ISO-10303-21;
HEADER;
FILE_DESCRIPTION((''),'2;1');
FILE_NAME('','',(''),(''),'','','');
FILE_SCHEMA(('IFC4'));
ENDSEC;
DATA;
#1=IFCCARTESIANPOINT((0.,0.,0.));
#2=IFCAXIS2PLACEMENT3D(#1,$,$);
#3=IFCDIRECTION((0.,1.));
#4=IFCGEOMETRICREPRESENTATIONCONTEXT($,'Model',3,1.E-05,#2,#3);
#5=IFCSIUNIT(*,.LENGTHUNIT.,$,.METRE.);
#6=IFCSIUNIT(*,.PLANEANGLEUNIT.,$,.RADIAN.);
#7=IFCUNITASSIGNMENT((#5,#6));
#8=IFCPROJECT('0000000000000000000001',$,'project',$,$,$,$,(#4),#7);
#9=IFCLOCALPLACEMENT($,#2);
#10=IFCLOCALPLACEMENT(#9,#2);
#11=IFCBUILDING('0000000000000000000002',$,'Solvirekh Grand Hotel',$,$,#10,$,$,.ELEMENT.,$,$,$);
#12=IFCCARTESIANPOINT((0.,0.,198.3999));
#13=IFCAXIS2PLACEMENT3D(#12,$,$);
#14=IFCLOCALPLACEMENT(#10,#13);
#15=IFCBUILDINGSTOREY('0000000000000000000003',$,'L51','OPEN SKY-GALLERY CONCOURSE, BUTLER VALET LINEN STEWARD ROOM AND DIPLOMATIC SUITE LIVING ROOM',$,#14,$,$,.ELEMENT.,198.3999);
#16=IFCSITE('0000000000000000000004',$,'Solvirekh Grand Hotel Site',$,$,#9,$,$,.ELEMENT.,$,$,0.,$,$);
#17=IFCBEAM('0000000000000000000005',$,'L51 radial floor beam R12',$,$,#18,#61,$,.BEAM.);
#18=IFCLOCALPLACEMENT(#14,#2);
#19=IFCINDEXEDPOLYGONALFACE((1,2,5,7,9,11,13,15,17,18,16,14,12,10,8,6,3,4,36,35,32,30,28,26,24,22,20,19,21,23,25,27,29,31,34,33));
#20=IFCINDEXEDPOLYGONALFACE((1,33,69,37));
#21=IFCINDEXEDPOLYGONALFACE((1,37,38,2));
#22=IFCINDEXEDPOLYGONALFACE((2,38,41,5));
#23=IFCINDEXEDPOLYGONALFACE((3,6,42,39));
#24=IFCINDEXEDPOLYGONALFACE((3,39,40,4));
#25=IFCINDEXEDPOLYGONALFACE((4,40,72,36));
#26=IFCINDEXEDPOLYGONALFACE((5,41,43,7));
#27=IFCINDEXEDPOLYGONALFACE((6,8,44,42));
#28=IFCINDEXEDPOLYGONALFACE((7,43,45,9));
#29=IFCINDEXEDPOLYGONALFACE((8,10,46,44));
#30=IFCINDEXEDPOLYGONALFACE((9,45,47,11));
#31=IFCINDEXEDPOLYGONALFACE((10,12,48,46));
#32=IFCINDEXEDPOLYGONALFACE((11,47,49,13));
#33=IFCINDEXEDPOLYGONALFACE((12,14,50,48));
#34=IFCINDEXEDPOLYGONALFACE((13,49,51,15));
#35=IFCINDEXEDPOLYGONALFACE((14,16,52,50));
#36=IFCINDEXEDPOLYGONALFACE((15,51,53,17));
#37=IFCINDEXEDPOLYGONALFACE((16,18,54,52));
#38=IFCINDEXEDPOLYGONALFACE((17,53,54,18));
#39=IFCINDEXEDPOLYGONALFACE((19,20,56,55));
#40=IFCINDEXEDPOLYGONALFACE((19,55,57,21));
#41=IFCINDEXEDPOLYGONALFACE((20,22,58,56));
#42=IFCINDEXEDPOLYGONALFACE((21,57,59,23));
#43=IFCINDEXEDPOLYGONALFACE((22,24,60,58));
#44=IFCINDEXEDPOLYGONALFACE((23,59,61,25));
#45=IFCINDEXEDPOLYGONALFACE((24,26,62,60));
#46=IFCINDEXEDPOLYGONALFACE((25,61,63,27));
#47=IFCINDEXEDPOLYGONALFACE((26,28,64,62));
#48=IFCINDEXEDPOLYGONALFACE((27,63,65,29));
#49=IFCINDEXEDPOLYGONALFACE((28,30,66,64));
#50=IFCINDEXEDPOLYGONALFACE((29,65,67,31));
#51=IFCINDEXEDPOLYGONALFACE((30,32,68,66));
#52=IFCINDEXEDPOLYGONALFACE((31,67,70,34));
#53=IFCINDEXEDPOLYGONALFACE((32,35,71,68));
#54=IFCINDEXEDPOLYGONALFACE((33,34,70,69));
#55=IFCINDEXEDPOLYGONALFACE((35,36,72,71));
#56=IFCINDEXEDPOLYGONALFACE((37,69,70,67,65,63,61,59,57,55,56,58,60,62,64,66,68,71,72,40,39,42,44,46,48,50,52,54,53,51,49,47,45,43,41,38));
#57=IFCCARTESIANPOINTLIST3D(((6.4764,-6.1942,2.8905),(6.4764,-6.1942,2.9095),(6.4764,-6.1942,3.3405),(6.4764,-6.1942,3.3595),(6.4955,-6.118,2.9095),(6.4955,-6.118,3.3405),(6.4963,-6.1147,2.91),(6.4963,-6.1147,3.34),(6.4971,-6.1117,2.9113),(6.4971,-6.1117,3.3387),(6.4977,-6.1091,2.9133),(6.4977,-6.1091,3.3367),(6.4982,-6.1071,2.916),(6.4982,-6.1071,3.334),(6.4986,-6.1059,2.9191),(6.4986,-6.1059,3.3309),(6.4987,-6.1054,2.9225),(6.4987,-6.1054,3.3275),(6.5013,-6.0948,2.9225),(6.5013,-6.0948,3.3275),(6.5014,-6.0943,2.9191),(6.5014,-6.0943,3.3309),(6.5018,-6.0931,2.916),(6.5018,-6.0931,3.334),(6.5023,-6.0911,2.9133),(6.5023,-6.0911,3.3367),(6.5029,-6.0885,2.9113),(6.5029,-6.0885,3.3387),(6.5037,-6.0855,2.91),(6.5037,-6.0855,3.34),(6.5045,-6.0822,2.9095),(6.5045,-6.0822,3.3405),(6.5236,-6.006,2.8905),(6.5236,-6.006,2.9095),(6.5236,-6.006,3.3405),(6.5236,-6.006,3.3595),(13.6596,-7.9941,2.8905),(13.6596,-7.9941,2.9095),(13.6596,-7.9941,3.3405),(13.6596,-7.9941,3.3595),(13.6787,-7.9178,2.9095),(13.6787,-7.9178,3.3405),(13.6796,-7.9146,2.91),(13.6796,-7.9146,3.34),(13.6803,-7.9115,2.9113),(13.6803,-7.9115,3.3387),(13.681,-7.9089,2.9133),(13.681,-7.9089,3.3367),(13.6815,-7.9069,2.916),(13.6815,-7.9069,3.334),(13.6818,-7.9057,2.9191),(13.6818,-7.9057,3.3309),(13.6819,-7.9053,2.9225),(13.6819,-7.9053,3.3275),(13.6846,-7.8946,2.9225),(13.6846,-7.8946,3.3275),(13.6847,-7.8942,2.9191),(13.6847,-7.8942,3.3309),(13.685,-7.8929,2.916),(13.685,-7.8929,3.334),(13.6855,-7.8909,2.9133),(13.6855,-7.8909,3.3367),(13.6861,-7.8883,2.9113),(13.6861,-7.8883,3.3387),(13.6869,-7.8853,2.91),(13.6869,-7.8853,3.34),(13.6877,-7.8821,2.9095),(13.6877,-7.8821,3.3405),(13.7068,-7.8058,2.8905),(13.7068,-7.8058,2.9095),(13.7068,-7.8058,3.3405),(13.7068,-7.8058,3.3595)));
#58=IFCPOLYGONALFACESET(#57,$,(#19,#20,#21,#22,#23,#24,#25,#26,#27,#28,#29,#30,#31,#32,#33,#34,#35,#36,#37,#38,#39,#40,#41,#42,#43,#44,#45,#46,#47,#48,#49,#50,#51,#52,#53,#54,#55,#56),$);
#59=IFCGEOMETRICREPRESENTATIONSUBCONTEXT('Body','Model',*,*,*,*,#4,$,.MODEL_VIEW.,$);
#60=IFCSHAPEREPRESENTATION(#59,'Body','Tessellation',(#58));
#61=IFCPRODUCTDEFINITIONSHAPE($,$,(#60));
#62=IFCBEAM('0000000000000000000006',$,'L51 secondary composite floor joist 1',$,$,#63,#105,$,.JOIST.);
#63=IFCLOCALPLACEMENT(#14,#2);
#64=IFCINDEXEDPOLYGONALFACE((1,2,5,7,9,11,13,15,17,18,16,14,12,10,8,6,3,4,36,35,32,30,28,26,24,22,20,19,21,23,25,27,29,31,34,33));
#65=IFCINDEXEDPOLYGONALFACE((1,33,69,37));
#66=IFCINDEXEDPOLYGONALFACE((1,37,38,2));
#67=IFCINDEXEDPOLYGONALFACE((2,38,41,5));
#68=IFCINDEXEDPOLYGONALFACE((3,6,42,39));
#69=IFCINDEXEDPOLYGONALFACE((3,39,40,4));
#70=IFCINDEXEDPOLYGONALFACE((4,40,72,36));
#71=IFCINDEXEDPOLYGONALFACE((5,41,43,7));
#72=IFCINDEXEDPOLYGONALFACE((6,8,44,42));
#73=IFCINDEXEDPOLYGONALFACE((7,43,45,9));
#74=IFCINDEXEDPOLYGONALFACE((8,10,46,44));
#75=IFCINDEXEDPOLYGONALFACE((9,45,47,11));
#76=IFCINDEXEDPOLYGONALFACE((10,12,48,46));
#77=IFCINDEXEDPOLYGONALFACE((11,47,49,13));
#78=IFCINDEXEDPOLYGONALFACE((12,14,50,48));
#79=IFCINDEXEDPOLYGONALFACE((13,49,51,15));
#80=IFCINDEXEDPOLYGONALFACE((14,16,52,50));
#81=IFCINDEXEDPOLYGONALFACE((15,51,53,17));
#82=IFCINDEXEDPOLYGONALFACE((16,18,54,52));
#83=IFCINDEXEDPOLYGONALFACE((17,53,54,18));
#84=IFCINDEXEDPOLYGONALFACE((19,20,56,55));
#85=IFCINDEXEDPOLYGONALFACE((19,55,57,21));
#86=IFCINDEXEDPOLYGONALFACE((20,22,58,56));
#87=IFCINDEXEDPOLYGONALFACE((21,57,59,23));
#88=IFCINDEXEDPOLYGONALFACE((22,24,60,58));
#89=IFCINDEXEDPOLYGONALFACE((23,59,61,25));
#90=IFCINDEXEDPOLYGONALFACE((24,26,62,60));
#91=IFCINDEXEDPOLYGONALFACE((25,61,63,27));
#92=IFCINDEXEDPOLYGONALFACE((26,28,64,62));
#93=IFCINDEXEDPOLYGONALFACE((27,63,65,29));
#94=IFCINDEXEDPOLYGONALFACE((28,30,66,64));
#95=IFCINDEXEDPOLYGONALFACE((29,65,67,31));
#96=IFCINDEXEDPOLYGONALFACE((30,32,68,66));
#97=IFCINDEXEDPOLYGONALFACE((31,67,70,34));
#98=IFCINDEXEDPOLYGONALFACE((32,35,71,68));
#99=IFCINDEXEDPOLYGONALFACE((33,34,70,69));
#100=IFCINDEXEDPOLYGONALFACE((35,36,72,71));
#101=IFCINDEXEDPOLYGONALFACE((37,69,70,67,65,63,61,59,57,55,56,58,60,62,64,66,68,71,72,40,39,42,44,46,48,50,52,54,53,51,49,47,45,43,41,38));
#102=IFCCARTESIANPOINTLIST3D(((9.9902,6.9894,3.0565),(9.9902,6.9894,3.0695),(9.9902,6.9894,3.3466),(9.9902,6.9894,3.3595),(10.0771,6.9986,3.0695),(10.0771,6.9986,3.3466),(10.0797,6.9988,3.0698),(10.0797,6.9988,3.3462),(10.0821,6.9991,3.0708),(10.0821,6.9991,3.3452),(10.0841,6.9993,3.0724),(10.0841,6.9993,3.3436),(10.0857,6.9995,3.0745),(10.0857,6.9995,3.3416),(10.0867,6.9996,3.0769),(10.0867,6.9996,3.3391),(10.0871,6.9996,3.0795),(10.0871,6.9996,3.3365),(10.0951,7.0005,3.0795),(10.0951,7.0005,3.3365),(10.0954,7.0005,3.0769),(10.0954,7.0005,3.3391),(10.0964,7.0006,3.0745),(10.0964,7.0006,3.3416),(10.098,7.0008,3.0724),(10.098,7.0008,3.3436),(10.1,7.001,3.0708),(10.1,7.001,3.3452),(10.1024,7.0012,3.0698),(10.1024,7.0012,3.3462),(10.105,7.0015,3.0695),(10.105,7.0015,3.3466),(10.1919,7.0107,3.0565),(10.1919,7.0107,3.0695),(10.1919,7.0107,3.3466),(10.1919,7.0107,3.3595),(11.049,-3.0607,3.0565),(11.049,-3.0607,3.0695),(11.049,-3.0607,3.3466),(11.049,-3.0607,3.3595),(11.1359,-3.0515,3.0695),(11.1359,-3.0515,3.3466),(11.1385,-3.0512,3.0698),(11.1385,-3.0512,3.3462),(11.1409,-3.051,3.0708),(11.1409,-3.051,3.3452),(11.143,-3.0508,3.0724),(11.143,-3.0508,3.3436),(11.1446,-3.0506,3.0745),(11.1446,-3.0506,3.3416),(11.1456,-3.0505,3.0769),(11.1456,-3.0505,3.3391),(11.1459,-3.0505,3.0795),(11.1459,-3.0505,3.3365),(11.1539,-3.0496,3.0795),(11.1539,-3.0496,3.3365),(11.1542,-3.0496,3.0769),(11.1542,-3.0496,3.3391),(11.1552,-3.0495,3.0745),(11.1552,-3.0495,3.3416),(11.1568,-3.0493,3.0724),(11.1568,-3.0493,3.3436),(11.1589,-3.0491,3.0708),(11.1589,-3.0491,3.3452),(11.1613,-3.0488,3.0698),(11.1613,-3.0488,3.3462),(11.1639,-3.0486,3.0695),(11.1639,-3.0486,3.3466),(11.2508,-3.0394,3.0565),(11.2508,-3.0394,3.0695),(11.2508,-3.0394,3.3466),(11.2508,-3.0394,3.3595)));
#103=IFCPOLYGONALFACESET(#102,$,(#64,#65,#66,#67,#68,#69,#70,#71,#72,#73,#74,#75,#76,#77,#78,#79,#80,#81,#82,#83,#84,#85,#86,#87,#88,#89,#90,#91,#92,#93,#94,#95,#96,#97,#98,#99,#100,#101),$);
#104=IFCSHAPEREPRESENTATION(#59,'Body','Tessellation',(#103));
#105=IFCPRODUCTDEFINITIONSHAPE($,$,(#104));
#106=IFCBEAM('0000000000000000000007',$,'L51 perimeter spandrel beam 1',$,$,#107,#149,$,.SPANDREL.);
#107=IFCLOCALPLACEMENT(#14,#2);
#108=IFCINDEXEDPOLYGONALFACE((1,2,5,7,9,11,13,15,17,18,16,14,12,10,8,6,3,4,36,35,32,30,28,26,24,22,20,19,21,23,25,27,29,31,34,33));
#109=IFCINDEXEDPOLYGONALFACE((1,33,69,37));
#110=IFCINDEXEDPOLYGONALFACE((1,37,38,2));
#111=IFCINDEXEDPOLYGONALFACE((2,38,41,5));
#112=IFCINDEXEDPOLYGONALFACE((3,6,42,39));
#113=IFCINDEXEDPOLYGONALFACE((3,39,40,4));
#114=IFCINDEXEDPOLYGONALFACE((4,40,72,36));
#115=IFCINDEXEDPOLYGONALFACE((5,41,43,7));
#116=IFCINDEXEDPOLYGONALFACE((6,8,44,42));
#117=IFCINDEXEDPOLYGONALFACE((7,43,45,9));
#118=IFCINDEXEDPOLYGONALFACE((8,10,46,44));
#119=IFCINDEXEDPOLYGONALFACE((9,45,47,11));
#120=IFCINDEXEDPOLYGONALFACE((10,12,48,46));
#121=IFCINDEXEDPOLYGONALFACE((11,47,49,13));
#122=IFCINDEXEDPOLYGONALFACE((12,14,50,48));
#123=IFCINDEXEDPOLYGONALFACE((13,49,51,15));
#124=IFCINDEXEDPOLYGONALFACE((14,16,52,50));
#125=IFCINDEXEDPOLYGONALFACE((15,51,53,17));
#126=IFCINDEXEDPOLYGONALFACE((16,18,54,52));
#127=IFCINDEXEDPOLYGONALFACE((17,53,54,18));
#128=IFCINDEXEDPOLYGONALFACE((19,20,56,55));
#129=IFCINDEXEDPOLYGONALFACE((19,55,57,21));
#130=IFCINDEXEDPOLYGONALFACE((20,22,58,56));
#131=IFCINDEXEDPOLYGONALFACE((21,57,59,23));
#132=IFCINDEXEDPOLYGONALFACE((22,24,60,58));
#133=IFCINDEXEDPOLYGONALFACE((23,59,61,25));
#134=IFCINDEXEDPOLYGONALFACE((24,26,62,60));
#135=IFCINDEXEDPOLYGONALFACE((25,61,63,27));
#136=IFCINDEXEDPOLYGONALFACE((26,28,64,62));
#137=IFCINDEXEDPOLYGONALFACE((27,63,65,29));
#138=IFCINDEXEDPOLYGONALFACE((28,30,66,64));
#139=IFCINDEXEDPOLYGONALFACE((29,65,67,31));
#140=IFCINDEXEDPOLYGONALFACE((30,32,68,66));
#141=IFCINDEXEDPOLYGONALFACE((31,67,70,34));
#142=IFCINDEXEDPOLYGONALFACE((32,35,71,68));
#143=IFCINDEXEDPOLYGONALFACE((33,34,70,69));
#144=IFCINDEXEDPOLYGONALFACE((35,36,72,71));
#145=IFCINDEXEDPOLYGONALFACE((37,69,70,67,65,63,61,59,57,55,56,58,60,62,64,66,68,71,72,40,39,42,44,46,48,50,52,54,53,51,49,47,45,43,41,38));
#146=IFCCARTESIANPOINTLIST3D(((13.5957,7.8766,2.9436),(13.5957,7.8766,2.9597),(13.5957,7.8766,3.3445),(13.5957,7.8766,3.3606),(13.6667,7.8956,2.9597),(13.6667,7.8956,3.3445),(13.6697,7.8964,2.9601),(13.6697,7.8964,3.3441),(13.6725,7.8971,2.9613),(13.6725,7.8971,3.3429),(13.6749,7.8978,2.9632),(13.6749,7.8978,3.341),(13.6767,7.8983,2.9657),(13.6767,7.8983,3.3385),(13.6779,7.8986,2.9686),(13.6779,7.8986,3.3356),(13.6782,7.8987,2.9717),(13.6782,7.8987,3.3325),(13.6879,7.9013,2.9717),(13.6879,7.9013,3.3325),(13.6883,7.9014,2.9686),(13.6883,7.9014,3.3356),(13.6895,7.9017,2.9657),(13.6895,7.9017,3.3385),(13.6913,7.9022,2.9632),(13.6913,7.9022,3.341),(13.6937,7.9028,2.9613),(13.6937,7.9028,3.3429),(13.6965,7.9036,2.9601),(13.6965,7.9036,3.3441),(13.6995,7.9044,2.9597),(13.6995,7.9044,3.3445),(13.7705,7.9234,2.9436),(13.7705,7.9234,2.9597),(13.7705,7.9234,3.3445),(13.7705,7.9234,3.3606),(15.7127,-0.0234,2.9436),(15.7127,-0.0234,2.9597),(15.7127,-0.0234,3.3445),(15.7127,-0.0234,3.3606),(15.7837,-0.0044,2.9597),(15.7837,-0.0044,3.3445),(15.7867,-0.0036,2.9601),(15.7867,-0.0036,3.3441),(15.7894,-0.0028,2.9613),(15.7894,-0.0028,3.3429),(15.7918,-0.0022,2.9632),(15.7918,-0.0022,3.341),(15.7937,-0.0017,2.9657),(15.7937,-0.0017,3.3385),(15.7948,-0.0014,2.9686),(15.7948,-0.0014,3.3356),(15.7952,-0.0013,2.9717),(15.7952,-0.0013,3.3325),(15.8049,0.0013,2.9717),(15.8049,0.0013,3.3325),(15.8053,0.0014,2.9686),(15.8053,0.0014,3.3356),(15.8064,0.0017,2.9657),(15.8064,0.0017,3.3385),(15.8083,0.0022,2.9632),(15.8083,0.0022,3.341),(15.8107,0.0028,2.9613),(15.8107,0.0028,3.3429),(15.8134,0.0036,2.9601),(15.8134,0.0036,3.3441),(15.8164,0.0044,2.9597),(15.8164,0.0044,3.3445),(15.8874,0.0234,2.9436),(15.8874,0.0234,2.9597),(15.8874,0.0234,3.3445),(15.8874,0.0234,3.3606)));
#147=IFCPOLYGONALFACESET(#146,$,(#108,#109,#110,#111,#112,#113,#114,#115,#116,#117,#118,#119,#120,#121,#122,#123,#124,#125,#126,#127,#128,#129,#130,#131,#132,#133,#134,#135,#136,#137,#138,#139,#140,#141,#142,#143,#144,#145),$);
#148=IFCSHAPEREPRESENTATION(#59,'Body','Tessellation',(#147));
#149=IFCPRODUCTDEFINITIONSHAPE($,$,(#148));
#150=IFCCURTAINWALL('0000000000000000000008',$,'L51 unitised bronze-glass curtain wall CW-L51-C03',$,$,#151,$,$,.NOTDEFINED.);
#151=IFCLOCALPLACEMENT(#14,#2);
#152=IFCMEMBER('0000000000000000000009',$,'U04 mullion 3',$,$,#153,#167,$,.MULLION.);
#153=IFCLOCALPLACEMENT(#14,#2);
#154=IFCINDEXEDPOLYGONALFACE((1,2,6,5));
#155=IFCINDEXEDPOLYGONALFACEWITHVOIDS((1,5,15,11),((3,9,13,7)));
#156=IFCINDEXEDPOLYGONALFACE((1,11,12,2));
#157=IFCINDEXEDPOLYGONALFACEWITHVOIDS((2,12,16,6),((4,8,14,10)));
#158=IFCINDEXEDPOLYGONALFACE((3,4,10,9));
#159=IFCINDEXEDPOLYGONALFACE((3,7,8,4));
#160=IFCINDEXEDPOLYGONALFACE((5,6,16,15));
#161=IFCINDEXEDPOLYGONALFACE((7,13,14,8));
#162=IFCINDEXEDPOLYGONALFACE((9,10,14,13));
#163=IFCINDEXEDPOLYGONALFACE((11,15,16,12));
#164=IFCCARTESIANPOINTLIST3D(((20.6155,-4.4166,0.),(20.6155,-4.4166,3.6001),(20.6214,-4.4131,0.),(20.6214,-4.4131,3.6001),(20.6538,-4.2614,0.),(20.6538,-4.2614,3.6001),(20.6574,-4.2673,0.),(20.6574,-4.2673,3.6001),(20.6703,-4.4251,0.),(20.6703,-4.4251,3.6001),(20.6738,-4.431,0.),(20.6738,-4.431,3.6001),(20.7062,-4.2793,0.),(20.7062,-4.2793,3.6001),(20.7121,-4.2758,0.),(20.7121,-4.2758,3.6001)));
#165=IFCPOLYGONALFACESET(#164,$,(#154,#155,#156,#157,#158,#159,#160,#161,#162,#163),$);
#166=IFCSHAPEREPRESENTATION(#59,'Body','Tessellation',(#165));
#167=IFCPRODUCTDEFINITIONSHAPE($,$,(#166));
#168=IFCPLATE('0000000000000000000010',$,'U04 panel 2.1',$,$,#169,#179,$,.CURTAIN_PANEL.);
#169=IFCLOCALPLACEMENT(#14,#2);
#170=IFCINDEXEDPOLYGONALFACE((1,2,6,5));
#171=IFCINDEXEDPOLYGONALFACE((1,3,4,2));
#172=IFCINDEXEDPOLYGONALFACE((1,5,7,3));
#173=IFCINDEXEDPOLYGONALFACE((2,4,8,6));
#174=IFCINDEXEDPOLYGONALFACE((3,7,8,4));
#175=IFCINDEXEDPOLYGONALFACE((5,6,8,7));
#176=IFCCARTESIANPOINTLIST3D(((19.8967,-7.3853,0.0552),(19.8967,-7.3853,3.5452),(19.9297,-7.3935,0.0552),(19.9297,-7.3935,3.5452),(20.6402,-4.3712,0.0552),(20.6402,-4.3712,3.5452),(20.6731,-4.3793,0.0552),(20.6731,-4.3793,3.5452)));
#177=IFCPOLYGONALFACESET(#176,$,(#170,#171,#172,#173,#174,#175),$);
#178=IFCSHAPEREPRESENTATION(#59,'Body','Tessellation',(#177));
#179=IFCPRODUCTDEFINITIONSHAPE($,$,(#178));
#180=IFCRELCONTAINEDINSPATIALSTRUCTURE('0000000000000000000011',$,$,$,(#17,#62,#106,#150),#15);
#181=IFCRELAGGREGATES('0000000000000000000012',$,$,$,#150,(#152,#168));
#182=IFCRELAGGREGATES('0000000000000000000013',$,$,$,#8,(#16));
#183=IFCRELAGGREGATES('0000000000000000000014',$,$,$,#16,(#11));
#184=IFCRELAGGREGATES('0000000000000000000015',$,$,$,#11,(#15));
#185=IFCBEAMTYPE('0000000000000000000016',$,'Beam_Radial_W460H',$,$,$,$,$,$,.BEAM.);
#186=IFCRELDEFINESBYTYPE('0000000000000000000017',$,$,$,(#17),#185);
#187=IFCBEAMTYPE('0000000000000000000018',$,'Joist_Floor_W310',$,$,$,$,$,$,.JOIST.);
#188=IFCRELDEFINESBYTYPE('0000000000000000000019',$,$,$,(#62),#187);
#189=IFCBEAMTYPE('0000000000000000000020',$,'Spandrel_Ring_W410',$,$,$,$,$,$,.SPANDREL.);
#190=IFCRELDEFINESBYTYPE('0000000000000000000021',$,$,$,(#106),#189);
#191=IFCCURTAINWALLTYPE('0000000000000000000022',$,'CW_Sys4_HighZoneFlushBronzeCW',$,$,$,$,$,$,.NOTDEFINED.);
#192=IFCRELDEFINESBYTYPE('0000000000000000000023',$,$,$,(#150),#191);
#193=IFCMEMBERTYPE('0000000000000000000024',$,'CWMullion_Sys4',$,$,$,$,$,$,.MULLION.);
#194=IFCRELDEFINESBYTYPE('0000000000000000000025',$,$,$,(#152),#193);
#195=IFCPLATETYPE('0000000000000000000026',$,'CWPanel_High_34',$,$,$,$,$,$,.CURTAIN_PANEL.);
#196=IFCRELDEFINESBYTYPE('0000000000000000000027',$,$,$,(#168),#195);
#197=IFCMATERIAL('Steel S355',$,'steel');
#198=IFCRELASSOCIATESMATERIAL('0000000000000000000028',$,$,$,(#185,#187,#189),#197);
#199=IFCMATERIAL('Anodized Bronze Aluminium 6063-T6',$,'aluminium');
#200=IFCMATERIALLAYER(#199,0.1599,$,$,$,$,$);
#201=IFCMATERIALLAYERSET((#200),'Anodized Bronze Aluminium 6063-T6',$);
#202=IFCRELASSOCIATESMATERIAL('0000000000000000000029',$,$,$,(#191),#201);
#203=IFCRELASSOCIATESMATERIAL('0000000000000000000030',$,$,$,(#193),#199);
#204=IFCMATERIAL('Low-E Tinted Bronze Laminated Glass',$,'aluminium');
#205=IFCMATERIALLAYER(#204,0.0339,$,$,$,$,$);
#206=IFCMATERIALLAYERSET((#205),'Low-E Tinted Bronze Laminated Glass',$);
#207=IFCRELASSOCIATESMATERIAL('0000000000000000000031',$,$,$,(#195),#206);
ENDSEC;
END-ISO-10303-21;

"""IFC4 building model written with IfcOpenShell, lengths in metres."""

from ifc_helpers import new_model, si_unit, direction, frame, origin, origin_2d, place, context, subcontext, project, spatial, rectangle, hollow_rectangle, i_section, extrude, source, transform, mapped, material, layer, layer_set, material_profile, profile_set, type_object, element, aggregate, save


model = new_model("IFC4")

# Units and contexts
model_context = context("Model", 3, precision=1e-05, world=origin(), true_north=direction((0.0, 1.0)))
body_context = subcontext(model_context, "Body", "Model", "MODEL_VIEW")
ifc_project = project(units=[si_unit("LENGTHUNIT", "METRE"), si_unit("PLANEANGLEUNIT", "RADIAN")], contexts=[model_context])

# Site, building, storey
site_placement = place(None, origin())
site = spatial("IfcSite", under=ifc_project, at=site_placement, Name="Solvirekh Grand Hotel Site", CompositionType="ELEMENT", RefElevation=0.0)
building_placement = place(site_placement, origin())
building = spatial("IfcBuilding", under=site, at=building_placement, Name="Solvirekh Grand Hotel", CompositionType="ELEMENT")
storey_placement = place(building_placement, frame((0.0, 0.0, 198.3999)))
storey = spatial("IfcBuildingStorey", under=building, at=storey_placement, Name="L51", Description="OPEN SKY-GALLERY CONCOURSE, BUTLER VALET LINEN STEWARD ROOM AND DIPLOMATIC SUITE LIVING ROOM", CompositionType="ELEMENT", Elevation=198.3999)

# Beams
ifc_material_1 = material(Name="Steel S355", Category="steel")
ifc_material_profile_1 = material_profile(ifc_material_1, i_section(OverallWidth=0.1941, OverallDepth=0.469, WebThickness=0.011, FlangeThickness=0.019, FilletRadius=0.0129, at=origin_2d()), Name="W460X106")
ifc_profile_set_1 = profile_set([ifc_material_profile_1], Name="Steel S355")
beam_type_1 = type_object("IfcBeamType", Name="Beam_Radial_W460H", PredefinedType="BEAM", material=ifc_profile_set_1)
beam_1_placement = place(storey_placement, frame((6.5, -6.1001, 3.125), z_axis=(0.970014, -0.243048, 0.0), x_axis=(0.243048, 0.970014, 0.0)))
element("IfcBeam", 1, at=beam_1_placement, inside=storey, type_object=beam_type_1, Name="L51 radial floor beam R12", PredefinedType="BEAM", context=body_context, shape_type="SweptSolid", body=[
    extrude(i_section(OverallWidth=0.1941, OverallDepth=0.469, WebThickness=0.011, FlangeThickness=0.019, FilletRadius=0.0129, at=origin_2d()), origin(), (0.0, 0.0, 1.0), 7.4053),
])
ifc_material_profile_2 = material_profile(ifc_material_1, i_section(OverallWidth=0.2029, OverallDepth=0.303, WebThickness=0.0081, FlangeThickness=0.0129, FilletRadius=0.01, at=origin_2d()), Name="W310X60")
ifc_profile_set_2 = profile_set([ifc_material_profile_2], Name="Steel S355")
beam_type_2 = type_object("IfcBeamType", Name="Joist_Floor_W310", PredefinedType="JOIST", material=ifc_profile_set_2)
beam_2_placement = place(storey_placement, frame((11.1499, -3.05, 3.208), z_axis=(-0.104777, 0.994496, 0.0), x_axis=(-0.994496, -0.104777, 0.0)))
element("IfcBeam", 2, at=beam_2_placement, inside=storey, type_object=beam_type_2, Name="L51 secondary composite floor joist 1", PredefinedType="JOIST", context=body_context, shape_type="SweptSolid", body=[
    extrude(i_section(OverallWidth=0.2029, OverallDepth=0.303, WebThickness=0.0081, FlangeThickness=0.0129, FilletRadius=0.01, at=origin_2d()), origin(), (0.0, 0.0, 1.0), 10.1057),
])
ifc_material_profile_3 = material_profile(ifc_material_1, i_section(OverallWidth=0.1809, OverallDepth=0.417, WebThickness=0.01, FlangeThickness=0.0161, FilletRadius=0.012, at=origin_2d()), Name="W410X85")
ifc_profile_set_3 = profile_set([ifc_material_profile_3], Name="Steel S355")
beam_type_3 = type_object("IfcBeamType", Name="Spandrel_Ring_W410", PredefinedType="SPANDREL", material=ifc_profile_set_3)
beam_3_placement = place(storey_placement, frame((15.8, 0.0, 3.1521), z_axis=(-0.258839, 0.965921, 0.0), x_axis=(-0.965921, -0.258839, 0.0)))
element("IfcBeam", 3, at=beam_3_placement, inside=storey, type_object=beam_type_3, Name="L51 perimeter spandrel beam 1", PredefinedType="SPANDREL", context=body_context, shape_type="SweptSolid", body=[
    extrude(i_section(OverallWidth=0.1809, OverallDepth=0.417, WebThickness=0.01, FlangeThickness=0.0161, FilletRadius=0.012, at=origin_2d()), origin(), (0.0, 0.0, 1.0), 8.1787),
])

# Curtain wall, member, plate
ifc_material_2 = material(Name="Anodized Bronze Aluminium 6063-T6", Category="aluminium")
ifc_layer_1 = layer(ifc_material_2, 0.1599)
ifc_layer_set_1 = layer_set([ifc_layer_1], Name="Anodized Bronze Aluminium 6063-T6")
curtain_wall_type = type_object("IfcCurtainWallType", Name="CW_Sys4_HighZoneFlushBronzeCW", PredefinedType="NOTDEFINED", material=ifc_layer_set_1)
curtain_wall_placement = place(storey_placement, origin())
curtain_wall = element("IfcCurtainWall", 4, at=curtain_wall_placement, inside=storey, type_object=curtain_wall_type, Name="L51 unitised bronze-glass curtain wall CW-L51-C03", PredefinedType="NOTDEFINED")
ifc_material_profile_4 = material_profile(ifc_material_2, hollow_rectangle(XDim=0.0601, YDim=0.1599, WallThickness=0.0049, at=origin_2d()), Name="ALU RHS 160X60X5")
ifc_profile_set_4 = profile_set([ifc_material_profile_4], Name="Anodized Bronze Aluminium 6063-T6")
member_type = type_object("IfcMemberType", Name="CWMullion_Sys4", PredefinedType="MULLION", material=ifc_profile_set_4)
shared_shape_1 = source(origin(), body_context, "Body", "SweptSolid", [
    extrude(hollow_rectangle(XDim=0.0601, YDim=0.1599, WallThickness=0.0049, at=origin_2d()), origin(), (0.0, 0.0, 1.0), 3.6001),
])
member_placement = place(storey_placement, frame((20.6638, -4.3462, 0.0), z_axis=(0.0, 0.0, 1.0), x_axis=(-0.970902, 0.239478, 0.0)))
member = element("IfcMember", 5, at=member_placement, type_object=member_type, Name="U04 mullion 3", PredefinedType="MULLION", context=body_context, shape_type="MappedRepresentation", body=[
    mapped(shared_shape_1, transform((0.0, 0.0, 0.0), x_axis=(1.0, 0.0, 0.0), y_axis=(0.0, 1.0, 0.0), z_axis=(0.0, 0.0, 1.0), scale=1.0)),
])
ifc_material_3 = material(Name="Low-E Tinted Bronze Laminated Glass", Category="aluminium")
ifc_layer_2 = layer(ifc_material_3, 0.0339)
ifc_layer_set_2 = layer_set([ifc_layer_2], Name="Low-E Tinted Bronze Laminated Glass")
plate_type = type_object("IfcPlateType", Name="CWPanel_High_34", PredefinedType="CURTAIN_PANEL", material=ifc_layer_set_2)
shared_shape_2 = source(origin(), body_context, "Body", "SweptSolid", [
    extrude(rectangle(XDim=3.1045, YDim=0.0339, at=origin_2d()), origin(), (0.0, 0.0, 1.0), 3.49),
])
plate_placement = place(storey_placement, frame((20.2849, -5.8823, 0.0552), z_axis=(0.0, 0.0, 1.0), x_axis=(0.239478, 0.970902, 0.0)))
plate = element("IfcPlate", 6, at=plate_placement, type_object=plate_type, Name="U04 panel 2.1", PredefinedType="CURTAIN_PANEL", context=body_context, shape_type="MappedRepresentation", body=[
    mapped(shared_shape_2, transform((0.0, 0.0, 0.0), x_axis=(1.0, 0.0, 0.0), y_axis=(0.0, 1.0, 0.0), z_axis=(0.0, 0.0, 1.0), scale=1.0)),
])
aggregate(curtain_wall, [member, plate])

save(model, "model.ifc")
